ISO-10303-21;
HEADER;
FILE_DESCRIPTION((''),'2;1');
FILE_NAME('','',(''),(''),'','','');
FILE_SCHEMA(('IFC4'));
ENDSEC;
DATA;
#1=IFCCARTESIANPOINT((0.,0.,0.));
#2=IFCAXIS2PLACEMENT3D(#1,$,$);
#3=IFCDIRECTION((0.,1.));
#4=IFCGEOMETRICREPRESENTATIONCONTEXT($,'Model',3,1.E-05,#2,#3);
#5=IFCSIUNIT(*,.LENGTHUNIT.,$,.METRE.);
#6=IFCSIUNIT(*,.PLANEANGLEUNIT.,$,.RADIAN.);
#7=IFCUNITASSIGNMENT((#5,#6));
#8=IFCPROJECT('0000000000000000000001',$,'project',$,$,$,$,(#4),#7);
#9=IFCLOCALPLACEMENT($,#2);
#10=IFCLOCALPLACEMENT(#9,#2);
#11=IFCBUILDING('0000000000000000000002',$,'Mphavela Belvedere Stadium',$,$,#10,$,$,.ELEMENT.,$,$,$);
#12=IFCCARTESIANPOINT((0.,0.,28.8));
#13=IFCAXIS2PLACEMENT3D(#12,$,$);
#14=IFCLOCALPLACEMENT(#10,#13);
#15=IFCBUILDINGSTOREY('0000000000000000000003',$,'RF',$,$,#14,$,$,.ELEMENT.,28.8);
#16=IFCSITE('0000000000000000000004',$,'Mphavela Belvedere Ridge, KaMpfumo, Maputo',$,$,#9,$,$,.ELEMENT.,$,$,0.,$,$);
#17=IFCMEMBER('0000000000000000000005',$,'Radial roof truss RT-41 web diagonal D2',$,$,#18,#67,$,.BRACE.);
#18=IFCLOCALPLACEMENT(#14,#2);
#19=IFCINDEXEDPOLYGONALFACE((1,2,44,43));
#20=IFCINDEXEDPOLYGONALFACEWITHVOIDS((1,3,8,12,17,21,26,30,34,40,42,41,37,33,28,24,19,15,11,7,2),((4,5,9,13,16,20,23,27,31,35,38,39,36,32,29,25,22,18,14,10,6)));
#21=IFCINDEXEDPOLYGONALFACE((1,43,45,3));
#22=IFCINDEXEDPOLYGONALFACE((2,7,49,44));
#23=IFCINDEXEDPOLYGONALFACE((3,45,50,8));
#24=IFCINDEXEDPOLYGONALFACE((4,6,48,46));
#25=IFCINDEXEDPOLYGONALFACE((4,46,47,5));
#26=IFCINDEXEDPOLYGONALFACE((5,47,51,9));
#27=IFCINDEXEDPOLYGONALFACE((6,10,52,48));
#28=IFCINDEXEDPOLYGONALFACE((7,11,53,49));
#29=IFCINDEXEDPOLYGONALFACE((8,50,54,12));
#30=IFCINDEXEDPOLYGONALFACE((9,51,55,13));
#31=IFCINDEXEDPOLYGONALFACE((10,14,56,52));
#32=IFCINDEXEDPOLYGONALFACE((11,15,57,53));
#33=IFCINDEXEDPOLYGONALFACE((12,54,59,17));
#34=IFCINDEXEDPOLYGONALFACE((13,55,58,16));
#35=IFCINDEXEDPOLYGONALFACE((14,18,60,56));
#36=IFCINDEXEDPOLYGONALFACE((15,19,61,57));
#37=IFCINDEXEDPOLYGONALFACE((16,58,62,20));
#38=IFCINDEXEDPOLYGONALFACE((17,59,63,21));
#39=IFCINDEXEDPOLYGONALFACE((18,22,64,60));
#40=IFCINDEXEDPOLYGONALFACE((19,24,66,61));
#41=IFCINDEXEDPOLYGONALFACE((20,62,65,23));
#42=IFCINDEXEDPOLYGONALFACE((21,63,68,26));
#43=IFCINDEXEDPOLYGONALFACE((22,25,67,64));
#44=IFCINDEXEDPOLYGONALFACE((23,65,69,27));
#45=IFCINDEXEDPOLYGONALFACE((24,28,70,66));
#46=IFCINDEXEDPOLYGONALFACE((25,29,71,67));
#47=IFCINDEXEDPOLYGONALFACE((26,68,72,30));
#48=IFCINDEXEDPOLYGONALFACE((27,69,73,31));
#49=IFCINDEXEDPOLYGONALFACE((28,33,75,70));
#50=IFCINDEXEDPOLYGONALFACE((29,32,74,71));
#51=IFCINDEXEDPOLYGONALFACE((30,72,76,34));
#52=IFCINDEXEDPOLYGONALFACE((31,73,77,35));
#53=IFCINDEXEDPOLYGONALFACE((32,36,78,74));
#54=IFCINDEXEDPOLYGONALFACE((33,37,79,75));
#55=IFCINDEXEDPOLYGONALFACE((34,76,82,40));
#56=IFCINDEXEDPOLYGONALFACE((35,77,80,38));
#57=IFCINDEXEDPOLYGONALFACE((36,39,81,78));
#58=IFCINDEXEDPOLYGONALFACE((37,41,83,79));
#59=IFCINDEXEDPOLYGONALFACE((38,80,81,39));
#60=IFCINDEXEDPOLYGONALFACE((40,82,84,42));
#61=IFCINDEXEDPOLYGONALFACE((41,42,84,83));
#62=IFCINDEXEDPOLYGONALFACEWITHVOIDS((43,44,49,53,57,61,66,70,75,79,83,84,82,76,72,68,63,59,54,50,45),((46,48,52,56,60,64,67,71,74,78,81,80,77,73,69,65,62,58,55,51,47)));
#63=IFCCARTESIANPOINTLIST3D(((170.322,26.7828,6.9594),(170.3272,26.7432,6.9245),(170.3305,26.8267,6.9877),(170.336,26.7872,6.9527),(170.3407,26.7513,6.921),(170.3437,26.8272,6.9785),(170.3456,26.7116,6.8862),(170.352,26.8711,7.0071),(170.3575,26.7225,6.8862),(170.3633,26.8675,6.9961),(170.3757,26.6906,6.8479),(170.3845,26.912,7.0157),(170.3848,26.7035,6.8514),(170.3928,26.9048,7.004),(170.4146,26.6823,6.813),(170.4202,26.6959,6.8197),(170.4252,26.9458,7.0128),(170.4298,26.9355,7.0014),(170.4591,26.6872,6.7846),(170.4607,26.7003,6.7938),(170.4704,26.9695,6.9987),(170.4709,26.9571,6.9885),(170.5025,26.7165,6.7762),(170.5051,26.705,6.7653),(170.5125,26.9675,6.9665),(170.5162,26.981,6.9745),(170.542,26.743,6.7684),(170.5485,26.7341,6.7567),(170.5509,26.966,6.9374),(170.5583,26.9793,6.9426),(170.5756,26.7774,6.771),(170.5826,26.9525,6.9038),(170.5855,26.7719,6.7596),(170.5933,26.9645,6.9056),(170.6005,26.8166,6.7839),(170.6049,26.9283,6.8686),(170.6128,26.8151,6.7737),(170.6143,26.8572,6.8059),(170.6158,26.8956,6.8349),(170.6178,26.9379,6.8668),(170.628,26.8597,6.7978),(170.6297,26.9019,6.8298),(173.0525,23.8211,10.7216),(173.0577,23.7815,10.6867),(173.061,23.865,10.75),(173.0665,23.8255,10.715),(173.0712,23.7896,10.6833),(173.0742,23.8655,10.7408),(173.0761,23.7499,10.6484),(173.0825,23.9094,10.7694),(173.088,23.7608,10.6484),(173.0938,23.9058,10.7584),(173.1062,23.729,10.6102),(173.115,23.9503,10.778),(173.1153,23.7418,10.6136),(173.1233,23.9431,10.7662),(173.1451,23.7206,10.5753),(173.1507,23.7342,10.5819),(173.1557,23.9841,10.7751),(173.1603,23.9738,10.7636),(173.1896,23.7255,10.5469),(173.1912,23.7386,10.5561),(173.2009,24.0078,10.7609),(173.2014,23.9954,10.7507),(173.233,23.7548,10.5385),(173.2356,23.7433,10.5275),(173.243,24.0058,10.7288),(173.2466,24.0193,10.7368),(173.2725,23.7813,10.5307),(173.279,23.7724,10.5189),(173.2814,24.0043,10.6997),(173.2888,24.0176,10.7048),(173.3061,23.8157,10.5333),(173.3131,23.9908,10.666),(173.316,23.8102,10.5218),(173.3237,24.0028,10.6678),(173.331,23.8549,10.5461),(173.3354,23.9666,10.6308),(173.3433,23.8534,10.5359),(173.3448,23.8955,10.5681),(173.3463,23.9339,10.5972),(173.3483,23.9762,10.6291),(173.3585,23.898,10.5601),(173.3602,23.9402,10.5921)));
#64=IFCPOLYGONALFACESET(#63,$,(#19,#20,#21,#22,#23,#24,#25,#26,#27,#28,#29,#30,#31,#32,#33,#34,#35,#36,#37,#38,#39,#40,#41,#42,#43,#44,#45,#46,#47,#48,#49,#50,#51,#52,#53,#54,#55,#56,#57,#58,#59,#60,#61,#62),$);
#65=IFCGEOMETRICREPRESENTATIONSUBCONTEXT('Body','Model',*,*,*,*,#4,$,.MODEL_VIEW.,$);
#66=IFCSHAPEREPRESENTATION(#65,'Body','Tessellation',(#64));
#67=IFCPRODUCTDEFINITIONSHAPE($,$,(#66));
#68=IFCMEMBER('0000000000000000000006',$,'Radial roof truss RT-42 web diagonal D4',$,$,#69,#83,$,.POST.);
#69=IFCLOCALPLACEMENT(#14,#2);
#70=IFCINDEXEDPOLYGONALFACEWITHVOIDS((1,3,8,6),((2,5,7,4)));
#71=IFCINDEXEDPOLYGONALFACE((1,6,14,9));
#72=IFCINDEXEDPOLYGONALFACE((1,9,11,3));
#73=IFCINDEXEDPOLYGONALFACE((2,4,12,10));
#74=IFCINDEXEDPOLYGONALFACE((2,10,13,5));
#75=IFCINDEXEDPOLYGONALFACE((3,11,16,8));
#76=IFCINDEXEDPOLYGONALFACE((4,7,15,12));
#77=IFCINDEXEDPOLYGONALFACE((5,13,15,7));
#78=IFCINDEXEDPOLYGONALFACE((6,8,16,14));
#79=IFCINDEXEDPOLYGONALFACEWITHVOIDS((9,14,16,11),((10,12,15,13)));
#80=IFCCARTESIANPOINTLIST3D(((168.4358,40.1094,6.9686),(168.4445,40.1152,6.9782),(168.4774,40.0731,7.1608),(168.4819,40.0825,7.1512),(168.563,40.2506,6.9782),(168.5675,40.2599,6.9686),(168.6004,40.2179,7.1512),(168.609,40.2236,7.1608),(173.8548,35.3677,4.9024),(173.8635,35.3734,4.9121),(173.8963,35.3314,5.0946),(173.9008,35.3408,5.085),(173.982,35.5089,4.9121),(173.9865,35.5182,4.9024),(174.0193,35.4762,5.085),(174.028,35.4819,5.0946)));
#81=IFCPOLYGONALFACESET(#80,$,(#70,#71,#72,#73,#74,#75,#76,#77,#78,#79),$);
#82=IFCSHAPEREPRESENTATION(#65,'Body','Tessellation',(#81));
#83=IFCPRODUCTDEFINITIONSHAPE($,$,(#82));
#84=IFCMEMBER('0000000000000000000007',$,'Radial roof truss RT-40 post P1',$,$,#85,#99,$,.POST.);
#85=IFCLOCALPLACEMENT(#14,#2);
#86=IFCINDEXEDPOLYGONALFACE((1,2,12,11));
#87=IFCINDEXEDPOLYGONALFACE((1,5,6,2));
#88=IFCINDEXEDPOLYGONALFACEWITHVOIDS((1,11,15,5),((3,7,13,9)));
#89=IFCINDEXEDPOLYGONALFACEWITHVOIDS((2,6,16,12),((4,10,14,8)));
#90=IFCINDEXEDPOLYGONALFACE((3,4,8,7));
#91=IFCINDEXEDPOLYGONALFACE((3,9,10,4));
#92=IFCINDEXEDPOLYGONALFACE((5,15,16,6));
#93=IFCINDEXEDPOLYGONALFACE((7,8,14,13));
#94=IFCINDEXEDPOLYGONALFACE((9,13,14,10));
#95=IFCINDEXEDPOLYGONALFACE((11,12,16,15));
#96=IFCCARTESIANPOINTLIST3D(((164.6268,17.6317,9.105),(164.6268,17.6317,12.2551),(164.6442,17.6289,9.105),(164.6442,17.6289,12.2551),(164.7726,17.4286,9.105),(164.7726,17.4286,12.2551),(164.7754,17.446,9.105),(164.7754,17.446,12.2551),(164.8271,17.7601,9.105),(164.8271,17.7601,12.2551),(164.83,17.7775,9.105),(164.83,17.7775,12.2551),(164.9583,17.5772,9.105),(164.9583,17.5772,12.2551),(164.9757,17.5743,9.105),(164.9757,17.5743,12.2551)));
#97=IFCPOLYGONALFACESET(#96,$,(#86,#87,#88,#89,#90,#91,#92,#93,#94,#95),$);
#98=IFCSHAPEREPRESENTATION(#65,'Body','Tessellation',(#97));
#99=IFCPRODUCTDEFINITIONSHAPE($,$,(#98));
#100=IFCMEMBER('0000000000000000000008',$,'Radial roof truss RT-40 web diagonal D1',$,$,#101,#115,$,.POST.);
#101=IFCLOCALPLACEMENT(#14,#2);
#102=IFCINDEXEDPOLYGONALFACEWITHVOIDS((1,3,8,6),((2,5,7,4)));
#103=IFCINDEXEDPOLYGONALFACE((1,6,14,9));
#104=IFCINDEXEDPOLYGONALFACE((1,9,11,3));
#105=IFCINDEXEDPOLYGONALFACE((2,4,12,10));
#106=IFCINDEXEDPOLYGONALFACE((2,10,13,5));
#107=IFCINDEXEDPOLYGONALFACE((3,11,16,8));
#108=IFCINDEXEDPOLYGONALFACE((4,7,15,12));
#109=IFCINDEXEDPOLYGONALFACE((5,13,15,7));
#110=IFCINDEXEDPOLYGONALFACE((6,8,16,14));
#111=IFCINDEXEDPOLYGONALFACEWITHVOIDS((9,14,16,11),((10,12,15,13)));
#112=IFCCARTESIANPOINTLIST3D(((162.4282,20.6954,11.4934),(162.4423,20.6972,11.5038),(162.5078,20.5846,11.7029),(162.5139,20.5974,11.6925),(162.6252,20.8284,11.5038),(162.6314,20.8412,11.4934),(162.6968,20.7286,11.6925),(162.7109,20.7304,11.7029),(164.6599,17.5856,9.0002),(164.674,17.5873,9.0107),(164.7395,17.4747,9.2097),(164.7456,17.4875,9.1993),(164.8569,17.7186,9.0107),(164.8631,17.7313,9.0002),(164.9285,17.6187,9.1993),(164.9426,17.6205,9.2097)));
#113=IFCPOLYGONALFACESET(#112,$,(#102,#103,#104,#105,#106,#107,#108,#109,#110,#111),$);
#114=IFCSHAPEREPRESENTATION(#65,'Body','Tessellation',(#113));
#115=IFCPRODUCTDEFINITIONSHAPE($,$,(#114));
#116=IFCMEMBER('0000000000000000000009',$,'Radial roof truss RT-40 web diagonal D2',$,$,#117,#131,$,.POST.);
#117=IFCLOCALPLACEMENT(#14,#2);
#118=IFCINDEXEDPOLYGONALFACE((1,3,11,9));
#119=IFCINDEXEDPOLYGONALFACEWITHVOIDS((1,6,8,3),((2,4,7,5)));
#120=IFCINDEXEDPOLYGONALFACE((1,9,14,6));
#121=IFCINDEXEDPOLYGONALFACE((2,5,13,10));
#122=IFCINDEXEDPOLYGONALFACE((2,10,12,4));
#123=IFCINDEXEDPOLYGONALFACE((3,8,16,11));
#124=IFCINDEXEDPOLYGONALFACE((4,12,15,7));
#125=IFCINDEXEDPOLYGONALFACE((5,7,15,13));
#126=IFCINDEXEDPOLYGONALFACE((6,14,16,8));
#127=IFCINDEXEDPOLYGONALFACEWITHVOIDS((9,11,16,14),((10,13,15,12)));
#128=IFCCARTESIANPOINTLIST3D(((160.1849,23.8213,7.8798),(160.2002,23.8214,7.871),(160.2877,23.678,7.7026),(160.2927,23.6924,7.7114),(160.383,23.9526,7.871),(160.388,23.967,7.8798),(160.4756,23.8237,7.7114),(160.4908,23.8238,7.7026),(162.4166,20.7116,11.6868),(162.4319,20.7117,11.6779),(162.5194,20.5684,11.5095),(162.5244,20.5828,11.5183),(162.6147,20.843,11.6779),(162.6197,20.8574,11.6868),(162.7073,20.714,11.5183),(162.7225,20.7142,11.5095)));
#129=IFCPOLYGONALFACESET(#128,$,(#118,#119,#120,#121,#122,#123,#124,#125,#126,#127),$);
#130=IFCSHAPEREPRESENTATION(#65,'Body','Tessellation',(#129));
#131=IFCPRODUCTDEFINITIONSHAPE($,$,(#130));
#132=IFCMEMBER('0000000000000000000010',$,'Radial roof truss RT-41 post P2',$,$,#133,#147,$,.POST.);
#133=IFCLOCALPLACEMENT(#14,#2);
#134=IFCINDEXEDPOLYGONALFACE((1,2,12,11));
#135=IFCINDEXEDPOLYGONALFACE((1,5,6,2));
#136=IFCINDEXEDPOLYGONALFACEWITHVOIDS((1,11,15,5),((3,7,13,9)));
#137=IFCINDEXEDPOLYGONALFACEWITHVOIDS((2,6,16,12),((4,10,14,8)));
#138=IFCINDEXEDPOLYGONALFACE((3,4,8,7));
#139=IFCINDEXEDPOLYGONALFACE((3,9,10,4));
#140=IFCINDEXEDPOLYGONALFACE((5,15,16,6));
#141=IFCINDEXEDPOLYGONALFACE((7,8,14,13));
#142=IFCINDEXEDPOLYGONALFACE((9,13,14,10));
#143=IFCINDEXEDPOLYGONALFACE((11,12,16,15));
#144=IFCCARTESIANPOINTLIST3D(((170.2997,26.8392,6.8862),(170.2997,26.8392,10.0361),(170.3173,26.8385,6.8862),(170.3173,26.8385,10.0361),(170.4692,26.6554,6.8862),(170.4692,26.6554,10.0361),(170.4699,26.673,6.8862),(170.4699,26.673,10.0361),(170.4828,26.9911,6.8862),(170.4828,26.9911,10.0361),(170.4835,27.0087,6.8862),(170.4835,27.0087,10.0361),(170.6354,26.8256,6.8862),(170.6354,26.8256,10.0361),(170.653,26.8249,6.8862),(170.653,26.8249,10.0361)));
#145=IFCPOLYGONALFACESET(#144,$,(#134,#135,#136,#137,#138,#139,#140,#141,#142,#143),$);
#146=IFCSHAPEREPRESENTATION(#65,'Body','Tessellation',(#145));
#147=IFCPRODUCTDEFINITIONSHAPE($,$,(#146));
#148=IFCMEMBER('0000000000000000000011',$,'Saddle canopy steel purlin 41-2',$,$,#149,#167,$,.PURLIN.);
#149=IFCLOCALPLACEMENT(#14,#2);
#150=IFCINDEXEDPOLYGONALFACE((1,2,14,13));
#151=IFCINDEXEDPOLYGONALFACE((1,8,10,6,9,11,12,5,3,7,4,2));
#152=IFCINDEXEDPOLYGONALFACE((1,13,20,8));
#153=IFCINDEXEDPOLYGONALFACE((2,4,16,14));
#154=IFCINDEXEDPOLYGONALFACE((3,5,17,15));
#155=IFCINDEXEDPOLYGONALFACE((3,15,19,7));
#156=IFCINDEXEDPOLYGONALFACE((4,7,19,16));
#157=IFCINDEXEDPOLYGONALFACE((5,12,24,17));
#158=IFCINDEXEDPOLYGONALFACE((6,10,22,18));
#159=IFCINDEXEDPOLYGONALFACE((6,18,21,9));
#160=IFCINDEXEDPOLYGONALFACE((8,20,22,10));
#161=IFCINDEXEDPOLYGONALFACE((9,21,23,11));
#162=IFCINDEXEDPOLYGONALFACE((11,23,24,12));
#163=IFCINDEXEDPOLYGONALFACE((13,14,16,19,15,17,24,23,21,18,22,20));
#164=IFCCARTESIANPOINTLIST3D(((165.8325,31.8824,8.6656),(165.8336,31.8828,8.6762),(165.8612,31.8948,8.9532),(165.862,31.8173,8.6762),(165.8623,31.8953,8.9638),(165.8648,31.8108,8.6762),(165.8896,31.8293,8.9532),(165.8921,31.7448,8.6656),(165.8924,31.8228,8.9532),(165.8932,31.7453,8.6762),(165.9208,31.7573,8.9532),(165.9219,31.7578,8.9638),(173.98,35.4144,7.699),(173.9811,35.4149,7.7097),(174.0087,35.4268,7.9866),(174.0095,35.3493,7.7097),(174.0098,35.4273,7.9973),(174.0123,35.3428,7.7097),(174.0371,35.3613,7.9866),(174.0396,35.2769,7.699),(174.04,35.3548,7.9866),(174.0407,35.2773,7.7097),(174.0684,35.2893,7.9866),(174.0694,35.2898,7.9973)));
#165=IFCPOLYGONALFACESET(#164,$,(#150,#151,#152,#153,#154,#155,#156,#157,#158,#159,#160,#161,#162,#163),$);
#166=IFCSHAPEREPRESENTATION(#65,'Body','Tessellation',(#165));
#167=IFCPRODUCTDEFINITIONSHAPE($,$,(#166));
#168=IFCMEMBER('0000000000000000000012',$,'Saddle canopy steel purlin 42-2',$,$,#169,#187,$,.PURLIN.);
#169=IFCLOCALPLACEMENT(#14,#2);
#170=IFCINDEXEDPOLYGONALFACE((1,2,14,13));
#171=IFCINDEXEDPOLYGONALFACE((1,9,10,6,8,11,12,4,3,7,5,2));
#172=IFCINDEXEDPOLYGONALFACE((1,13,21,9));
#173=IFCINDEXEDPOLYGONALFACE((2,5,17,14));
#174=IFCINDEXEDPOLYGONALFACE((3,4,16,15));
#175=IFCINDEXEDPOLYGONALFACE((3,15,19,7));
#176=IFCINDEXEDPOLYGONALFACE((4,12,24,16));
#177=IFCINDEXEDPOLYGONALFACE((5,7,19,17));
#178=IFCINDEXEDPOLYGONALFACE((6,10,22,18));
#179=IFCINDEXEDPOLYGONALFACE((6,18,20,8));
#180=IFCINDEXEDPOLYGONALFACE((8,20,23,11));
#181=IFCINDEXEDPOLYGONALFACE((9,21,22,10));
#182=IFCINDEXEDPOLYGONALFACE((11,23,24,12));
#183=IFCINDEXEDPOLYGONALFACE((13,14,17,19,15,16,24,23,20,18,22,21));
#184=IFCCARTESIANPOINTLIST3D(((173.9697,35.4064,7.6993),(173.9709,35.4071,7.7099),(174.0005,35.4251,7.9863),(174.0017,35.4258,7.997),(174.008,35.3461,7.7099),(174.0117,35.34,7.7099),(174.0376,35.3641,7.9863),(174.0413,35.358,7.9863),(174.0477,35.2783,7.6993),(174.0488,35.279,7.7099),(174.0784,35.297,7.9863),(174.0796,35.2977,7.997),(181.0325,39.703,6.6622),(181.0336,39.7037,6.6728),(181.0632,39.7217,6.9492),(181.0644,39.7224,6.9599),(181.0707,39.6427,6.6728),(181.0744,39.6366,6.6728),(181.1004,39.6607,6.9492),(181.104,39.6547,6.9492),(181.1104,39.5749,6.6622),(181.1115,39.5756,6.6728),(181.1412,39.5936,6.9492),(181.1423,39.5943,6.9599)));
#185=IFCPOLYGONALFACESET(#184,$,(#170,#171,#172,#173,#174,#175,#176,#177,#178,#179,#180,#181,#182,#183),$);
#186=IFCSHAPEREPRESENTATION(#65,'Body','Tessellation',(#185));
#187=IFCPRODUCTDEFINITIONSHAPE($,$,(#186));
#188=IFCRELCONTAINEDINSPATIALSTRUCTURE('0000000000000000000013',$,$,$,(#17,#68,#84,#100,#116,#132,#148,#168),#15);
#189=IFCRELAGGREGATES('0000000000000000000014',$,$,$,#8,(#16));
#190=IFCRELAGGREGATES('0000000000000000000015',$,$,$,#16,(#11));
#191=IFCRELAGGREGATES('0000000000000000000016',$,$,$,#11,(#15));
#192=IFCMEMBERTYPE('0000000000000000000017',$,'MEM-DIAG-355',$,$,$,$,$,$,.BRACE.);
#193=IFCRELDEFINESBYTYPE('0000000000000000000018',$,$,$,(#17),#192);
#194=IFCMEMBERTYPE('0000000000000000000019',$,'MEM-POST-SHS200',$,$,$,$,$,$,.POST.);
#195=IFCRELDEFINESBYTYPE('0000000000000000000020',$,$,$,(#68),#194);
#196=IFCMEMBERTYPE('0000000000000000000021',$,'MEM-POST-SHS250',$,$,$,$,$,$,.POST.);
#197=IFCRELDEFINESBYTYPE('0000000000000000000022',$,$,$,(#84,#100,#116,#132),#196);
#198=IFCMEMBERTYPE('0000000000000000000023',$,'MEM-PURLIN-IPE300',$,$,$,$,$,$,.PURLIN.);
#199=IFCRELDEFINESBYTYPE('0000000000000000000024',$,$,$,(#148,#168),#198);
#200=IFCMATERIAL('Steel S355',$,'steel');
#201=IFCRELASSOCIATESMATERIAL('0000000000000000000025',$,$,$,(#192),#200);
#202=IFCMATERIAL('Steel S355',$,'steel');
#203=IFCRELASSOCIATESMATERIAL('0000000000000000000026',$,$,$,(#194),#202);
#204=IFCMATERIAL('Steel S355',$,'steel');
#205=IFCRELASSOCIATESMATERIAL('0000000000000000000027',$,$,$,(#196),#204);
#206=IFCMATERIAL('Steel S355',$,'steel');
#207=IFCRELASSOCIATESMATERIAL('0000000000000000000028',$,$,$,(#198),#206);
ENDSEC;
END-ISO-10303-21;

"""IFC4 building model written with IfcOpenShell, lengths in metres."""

from ifc_helpers import new_model, si_unit, direction, frame, origin, origin_2d, place, context, subcontext, project, spatial, hollow_rectangle, hollow_circle, i_section, extrude, material, material_profile, profile_set, type_object, element, save


model = new_model("IFC4")

# Units and contexts
model_context = context("Model", 3, precision=1e-05, world=origin(), true_north=direction((0.0, 1.0)))
body_context = subcontext(model_context, "Body", "Model", "MODEL_VIEW")
ifc_project = project(units=[si_unit("LENGTHUNIT", "METRE"), si_unit("PLANEANGLEUNIT", "RADIAN")], contexts=[model_context])

# Site, building, storey
site_placement = place(None, origin())
site = spatial("IfcSite", under=ifc_project, at=site_placement, Name="Mphavela Belvedere Ridge, KaMpfumo, Maputo", CompositionType="ELEMENT", RefElevation=0.0)
building_placement = place(site_placement, origin())
building = spatial("IfcBuilding", under=site, at=building_placement, Name="Mphavela Belvedere Stadium", CompositionType="ELEMENT")
storey_placement = place(building_placement, frame((0.0, 0.0, 28.8)))
storey = spatial("IfcBuildingStorey", under=building, at=storey_placement, Name="RF", CompositionType="ELEMENT", Elevation=28.8)

# Members
ifc_material_1 = material(Name="Steel S355", Category="steel")
ifc_material_profile_1 = material_profile(ifc_material_1, hollow_circle(Radius=0.1777, WallThickness=0.0161, at=origin_2d()), Name="CHS 355.6x16")
ifc_profile_set_1 = profile_set([ifc_material_profile_1], Name="Steel S355")
member_type_1 = type_object("IfcMemberType", Name="MEM-DIAG-355", PredefinedType="BRACE", material=ifc_profile_set_1)
member_1_placement = place(storey_placement, frame((173.2068, 23.8704, 10.6484), z_axis=(-0.495376, 0.537322, -0.68256), x_axis=(-0.735222, -0.677827, 0.0)))
element("IfcMember", 1, at=member_1_placement, inside=storey, type_object=member_type_1, Name="Radial roof truss RT-41 web diagonal D2", PredefinedType="BRACE", context=body_context, shape_type="SweptSolid", body=[
    extrude(hollow_circle(Radius=0.1777, WallThickness=0.0161, at=origin_2d()), origin(), (0.0, 0.0, 1.0), 5.512),
])
ifc_material_2 = material(Name="Steel S355", Category="steel")
ifc_material_profile_2 = material_profile(ifc_material_2, hollow_rectangle(XDim=0.2, YDim=0.2, WallThickness=0.01, at=origin_2d()), Name="SHS 200x200x10")
ifc_profile_set_2 = profile_set([ifc_material_profile_2], Name="Steel S355")
member_type_2 = type_object("IfcMemberType", Name="MEM-POST-SHS200", PredefinedType="POST", material=ifc_profile_set_2)
member_2_placement = place(storey_placement, frame((173.9414, 35.4248, 4.9985), z_axis=(-0.723377, 0.632971, 0.275813), x_axis=(-0.658514, -0.752568, 0.0)))
element("IfcMember", 2, at=member_2_placement, inside=storey, type_object=member_type_2, Name="Radial roof truss RT-42 web diagonal D4", PredefinedType="POST", context=body_context, shape_type="SweptSolid", body=[
    extrude(hollow_rectangle(XDim=0.2, YDim=0.2, WallThickness=0.01, at=origin_2d()), origin(), (0.0, 0.0, 1.0), 7.4912),
])
ifc_material_3 = material(Name="Steel S355", Category="steel")
ifc_material_profile_3 = material_profile(ifc_material_3, hollow_rectangle(XDim=0.25, YDim=0.25, WallThickness=0.0125, at=origin_2d()), Name="SHS 250x250x12.5")
ifc_profile_set_3 = profile_set([ifc_material_profile_3], Name="Steel S355")
member_type_3 = type_object("IfcMemberType", Name="MEM-POST-SHS250", PredefinedType="POST", material=ifc_profile_set_3)
member_3_placement = place(storey_placement, frame((164.8013, 17.603, 9.105), z_axis=(0.0, 0.0, 1.0), x_axis=(0.582974, -0.812491, 0.0)))
element("IfcMember", 3, at=member_3_placement, inside=storey, type_object=member_type_3, Name="Radial roof truss RT-40 post P1", PredefinedType="POST", context=body_context, shape_type="SweptSolid", body=[
    extrude(hollow_rectangle(XDim=0.25, YDim=0.25, WallThickness=0.0125, at=origin_2d()), origin(), (0.0, 0.0, 1.0), 3.1501),
])
member_4_placement = place(storey_placement, frame((164.8013, 17.603, 9.105), z_axis=(-0.488538, 0.680778, 0.545777), x_axis=(-0.812452, -0.583029, 0.0)))
element("IfcMember", 4, at=member_4_placement, inside=storey, type_object=member_type_3, Name="Radial roof truss RT-40 web diagonal D1", PredefinedType="POST", context=body_context, shape_type="SweptSolid", body=[
    extrude(hollow_rectangle(XDim=0.25, YDim=0.25, WallThickness=0.0125, at=origin_2d()), origin(), (0.0, 0.0, 1.0), 4.5681),
])
member_5_placement = place(storey_placement, frame((162.5696, 20.7129, 11.5981), z_axis=(-0.4134, 0.576028, -0.70519), x_axis=(-0.81243, -0.583059, 0.0)))
element("IfcMember", 5, at=member_5_placement, inside=storey, type_object=member_type_3, Name="Radial roof truss RT-40 web diagonal D2", PredefinedType="POST", context=body_context, shape_type="SweptSolid", body=[
    extrude(hollow_rectangle(XDim=0.25, YDim=0.25, WallThickness=0.0125, at=origin_2d()), origin(), (0.0, 0.0, 1.0), 5.3984),
])
member_6_placement = place(storey_placement, frame((170.4763, 26.832, 6.8862), z_axis=(0.0, 0.0, 1.0), x_axis=(0.677903, -0.735151, 0.0)))
element("IfcMember", 6, at=member_6_placement, inside=storey, type_object=member_type_3, Name="Radial roof truss RT-41 post P2", PredefinedType="POST", context=body_context, shape_type="SweptSolid", body=[
    extrude(hollow_rectangle(XDim=0.25, YDim=0.25, WallThickness=0.0125, at=origin_2d()), origin(), (0.0, 0.0, 1.0), 3.1499),
])
ifc_material_4 = material(Name="Steel S355", Category="steel")
ifc_material_profile_4 = material_profile(ifc_material_4, i_section(OverallWidth=0.1499, OverallDepth=0.3, WebThickness=0.0071, FlangeThickness=0.0107, at=origin_2d()), Name="IPE 300")
ifc_profile_set_4 = profile_set([ifc_material_profile_4], Name="Steel S355")
member_type_4 = type_object("IfcMemberType", Name="MEM-PURLIN-IPE300", PredefinedType="PURLIN", material=ifc_profile_set_4)
member_7_placement = place(storey_placement, frame((165.8772, 31.8201, 8.8147), z_axis=(0.91211, 0.395406, -0.108206), x_axis=(-0.397742, 0.917497, 0.0)))
element("IfcMember", 7, at=member_7_placement, inside=storey, type_object=member_type_4, Name="Saddle canopy steel purlin 41-2", PredefinedType="PURLIN", context=body_context, shape_type="SweptSolid", body=[
    extrude(i_section(OverallWidth=0.1499, OverallDepth=0.3, WebThickness=0.0071, FlangeThickness=0.0107, at=origin_2d()), origin(), (0.0, 0.0, 1.0), 8.9326),
])
member_8_placement = place(storey_placement, frame((174.0247, 35.3521, 7.8481), z_axis=(0.847685, 0.51569, -0.124476), x_axis=(-0.519732, 0.854329, 0.0)))
element("IfcMember", 8, at=member_8_placement, inside=storey, type_object=member_type_4, Name="Saddle canopy steel purlin 42-2", PredefinedType="PURLIN", context=body_context, shape_type="SweptSolid", body=[
    extrude(i_section(OverallWidth=0.1499, OverallDepth=0.3, WebThickness=0.0071, FlangeThickness=0.0107, at=origin_2d()), origin(), (0.0, 0.0, 1.0), 8.3318),
])

save(model, "model.ifc")
